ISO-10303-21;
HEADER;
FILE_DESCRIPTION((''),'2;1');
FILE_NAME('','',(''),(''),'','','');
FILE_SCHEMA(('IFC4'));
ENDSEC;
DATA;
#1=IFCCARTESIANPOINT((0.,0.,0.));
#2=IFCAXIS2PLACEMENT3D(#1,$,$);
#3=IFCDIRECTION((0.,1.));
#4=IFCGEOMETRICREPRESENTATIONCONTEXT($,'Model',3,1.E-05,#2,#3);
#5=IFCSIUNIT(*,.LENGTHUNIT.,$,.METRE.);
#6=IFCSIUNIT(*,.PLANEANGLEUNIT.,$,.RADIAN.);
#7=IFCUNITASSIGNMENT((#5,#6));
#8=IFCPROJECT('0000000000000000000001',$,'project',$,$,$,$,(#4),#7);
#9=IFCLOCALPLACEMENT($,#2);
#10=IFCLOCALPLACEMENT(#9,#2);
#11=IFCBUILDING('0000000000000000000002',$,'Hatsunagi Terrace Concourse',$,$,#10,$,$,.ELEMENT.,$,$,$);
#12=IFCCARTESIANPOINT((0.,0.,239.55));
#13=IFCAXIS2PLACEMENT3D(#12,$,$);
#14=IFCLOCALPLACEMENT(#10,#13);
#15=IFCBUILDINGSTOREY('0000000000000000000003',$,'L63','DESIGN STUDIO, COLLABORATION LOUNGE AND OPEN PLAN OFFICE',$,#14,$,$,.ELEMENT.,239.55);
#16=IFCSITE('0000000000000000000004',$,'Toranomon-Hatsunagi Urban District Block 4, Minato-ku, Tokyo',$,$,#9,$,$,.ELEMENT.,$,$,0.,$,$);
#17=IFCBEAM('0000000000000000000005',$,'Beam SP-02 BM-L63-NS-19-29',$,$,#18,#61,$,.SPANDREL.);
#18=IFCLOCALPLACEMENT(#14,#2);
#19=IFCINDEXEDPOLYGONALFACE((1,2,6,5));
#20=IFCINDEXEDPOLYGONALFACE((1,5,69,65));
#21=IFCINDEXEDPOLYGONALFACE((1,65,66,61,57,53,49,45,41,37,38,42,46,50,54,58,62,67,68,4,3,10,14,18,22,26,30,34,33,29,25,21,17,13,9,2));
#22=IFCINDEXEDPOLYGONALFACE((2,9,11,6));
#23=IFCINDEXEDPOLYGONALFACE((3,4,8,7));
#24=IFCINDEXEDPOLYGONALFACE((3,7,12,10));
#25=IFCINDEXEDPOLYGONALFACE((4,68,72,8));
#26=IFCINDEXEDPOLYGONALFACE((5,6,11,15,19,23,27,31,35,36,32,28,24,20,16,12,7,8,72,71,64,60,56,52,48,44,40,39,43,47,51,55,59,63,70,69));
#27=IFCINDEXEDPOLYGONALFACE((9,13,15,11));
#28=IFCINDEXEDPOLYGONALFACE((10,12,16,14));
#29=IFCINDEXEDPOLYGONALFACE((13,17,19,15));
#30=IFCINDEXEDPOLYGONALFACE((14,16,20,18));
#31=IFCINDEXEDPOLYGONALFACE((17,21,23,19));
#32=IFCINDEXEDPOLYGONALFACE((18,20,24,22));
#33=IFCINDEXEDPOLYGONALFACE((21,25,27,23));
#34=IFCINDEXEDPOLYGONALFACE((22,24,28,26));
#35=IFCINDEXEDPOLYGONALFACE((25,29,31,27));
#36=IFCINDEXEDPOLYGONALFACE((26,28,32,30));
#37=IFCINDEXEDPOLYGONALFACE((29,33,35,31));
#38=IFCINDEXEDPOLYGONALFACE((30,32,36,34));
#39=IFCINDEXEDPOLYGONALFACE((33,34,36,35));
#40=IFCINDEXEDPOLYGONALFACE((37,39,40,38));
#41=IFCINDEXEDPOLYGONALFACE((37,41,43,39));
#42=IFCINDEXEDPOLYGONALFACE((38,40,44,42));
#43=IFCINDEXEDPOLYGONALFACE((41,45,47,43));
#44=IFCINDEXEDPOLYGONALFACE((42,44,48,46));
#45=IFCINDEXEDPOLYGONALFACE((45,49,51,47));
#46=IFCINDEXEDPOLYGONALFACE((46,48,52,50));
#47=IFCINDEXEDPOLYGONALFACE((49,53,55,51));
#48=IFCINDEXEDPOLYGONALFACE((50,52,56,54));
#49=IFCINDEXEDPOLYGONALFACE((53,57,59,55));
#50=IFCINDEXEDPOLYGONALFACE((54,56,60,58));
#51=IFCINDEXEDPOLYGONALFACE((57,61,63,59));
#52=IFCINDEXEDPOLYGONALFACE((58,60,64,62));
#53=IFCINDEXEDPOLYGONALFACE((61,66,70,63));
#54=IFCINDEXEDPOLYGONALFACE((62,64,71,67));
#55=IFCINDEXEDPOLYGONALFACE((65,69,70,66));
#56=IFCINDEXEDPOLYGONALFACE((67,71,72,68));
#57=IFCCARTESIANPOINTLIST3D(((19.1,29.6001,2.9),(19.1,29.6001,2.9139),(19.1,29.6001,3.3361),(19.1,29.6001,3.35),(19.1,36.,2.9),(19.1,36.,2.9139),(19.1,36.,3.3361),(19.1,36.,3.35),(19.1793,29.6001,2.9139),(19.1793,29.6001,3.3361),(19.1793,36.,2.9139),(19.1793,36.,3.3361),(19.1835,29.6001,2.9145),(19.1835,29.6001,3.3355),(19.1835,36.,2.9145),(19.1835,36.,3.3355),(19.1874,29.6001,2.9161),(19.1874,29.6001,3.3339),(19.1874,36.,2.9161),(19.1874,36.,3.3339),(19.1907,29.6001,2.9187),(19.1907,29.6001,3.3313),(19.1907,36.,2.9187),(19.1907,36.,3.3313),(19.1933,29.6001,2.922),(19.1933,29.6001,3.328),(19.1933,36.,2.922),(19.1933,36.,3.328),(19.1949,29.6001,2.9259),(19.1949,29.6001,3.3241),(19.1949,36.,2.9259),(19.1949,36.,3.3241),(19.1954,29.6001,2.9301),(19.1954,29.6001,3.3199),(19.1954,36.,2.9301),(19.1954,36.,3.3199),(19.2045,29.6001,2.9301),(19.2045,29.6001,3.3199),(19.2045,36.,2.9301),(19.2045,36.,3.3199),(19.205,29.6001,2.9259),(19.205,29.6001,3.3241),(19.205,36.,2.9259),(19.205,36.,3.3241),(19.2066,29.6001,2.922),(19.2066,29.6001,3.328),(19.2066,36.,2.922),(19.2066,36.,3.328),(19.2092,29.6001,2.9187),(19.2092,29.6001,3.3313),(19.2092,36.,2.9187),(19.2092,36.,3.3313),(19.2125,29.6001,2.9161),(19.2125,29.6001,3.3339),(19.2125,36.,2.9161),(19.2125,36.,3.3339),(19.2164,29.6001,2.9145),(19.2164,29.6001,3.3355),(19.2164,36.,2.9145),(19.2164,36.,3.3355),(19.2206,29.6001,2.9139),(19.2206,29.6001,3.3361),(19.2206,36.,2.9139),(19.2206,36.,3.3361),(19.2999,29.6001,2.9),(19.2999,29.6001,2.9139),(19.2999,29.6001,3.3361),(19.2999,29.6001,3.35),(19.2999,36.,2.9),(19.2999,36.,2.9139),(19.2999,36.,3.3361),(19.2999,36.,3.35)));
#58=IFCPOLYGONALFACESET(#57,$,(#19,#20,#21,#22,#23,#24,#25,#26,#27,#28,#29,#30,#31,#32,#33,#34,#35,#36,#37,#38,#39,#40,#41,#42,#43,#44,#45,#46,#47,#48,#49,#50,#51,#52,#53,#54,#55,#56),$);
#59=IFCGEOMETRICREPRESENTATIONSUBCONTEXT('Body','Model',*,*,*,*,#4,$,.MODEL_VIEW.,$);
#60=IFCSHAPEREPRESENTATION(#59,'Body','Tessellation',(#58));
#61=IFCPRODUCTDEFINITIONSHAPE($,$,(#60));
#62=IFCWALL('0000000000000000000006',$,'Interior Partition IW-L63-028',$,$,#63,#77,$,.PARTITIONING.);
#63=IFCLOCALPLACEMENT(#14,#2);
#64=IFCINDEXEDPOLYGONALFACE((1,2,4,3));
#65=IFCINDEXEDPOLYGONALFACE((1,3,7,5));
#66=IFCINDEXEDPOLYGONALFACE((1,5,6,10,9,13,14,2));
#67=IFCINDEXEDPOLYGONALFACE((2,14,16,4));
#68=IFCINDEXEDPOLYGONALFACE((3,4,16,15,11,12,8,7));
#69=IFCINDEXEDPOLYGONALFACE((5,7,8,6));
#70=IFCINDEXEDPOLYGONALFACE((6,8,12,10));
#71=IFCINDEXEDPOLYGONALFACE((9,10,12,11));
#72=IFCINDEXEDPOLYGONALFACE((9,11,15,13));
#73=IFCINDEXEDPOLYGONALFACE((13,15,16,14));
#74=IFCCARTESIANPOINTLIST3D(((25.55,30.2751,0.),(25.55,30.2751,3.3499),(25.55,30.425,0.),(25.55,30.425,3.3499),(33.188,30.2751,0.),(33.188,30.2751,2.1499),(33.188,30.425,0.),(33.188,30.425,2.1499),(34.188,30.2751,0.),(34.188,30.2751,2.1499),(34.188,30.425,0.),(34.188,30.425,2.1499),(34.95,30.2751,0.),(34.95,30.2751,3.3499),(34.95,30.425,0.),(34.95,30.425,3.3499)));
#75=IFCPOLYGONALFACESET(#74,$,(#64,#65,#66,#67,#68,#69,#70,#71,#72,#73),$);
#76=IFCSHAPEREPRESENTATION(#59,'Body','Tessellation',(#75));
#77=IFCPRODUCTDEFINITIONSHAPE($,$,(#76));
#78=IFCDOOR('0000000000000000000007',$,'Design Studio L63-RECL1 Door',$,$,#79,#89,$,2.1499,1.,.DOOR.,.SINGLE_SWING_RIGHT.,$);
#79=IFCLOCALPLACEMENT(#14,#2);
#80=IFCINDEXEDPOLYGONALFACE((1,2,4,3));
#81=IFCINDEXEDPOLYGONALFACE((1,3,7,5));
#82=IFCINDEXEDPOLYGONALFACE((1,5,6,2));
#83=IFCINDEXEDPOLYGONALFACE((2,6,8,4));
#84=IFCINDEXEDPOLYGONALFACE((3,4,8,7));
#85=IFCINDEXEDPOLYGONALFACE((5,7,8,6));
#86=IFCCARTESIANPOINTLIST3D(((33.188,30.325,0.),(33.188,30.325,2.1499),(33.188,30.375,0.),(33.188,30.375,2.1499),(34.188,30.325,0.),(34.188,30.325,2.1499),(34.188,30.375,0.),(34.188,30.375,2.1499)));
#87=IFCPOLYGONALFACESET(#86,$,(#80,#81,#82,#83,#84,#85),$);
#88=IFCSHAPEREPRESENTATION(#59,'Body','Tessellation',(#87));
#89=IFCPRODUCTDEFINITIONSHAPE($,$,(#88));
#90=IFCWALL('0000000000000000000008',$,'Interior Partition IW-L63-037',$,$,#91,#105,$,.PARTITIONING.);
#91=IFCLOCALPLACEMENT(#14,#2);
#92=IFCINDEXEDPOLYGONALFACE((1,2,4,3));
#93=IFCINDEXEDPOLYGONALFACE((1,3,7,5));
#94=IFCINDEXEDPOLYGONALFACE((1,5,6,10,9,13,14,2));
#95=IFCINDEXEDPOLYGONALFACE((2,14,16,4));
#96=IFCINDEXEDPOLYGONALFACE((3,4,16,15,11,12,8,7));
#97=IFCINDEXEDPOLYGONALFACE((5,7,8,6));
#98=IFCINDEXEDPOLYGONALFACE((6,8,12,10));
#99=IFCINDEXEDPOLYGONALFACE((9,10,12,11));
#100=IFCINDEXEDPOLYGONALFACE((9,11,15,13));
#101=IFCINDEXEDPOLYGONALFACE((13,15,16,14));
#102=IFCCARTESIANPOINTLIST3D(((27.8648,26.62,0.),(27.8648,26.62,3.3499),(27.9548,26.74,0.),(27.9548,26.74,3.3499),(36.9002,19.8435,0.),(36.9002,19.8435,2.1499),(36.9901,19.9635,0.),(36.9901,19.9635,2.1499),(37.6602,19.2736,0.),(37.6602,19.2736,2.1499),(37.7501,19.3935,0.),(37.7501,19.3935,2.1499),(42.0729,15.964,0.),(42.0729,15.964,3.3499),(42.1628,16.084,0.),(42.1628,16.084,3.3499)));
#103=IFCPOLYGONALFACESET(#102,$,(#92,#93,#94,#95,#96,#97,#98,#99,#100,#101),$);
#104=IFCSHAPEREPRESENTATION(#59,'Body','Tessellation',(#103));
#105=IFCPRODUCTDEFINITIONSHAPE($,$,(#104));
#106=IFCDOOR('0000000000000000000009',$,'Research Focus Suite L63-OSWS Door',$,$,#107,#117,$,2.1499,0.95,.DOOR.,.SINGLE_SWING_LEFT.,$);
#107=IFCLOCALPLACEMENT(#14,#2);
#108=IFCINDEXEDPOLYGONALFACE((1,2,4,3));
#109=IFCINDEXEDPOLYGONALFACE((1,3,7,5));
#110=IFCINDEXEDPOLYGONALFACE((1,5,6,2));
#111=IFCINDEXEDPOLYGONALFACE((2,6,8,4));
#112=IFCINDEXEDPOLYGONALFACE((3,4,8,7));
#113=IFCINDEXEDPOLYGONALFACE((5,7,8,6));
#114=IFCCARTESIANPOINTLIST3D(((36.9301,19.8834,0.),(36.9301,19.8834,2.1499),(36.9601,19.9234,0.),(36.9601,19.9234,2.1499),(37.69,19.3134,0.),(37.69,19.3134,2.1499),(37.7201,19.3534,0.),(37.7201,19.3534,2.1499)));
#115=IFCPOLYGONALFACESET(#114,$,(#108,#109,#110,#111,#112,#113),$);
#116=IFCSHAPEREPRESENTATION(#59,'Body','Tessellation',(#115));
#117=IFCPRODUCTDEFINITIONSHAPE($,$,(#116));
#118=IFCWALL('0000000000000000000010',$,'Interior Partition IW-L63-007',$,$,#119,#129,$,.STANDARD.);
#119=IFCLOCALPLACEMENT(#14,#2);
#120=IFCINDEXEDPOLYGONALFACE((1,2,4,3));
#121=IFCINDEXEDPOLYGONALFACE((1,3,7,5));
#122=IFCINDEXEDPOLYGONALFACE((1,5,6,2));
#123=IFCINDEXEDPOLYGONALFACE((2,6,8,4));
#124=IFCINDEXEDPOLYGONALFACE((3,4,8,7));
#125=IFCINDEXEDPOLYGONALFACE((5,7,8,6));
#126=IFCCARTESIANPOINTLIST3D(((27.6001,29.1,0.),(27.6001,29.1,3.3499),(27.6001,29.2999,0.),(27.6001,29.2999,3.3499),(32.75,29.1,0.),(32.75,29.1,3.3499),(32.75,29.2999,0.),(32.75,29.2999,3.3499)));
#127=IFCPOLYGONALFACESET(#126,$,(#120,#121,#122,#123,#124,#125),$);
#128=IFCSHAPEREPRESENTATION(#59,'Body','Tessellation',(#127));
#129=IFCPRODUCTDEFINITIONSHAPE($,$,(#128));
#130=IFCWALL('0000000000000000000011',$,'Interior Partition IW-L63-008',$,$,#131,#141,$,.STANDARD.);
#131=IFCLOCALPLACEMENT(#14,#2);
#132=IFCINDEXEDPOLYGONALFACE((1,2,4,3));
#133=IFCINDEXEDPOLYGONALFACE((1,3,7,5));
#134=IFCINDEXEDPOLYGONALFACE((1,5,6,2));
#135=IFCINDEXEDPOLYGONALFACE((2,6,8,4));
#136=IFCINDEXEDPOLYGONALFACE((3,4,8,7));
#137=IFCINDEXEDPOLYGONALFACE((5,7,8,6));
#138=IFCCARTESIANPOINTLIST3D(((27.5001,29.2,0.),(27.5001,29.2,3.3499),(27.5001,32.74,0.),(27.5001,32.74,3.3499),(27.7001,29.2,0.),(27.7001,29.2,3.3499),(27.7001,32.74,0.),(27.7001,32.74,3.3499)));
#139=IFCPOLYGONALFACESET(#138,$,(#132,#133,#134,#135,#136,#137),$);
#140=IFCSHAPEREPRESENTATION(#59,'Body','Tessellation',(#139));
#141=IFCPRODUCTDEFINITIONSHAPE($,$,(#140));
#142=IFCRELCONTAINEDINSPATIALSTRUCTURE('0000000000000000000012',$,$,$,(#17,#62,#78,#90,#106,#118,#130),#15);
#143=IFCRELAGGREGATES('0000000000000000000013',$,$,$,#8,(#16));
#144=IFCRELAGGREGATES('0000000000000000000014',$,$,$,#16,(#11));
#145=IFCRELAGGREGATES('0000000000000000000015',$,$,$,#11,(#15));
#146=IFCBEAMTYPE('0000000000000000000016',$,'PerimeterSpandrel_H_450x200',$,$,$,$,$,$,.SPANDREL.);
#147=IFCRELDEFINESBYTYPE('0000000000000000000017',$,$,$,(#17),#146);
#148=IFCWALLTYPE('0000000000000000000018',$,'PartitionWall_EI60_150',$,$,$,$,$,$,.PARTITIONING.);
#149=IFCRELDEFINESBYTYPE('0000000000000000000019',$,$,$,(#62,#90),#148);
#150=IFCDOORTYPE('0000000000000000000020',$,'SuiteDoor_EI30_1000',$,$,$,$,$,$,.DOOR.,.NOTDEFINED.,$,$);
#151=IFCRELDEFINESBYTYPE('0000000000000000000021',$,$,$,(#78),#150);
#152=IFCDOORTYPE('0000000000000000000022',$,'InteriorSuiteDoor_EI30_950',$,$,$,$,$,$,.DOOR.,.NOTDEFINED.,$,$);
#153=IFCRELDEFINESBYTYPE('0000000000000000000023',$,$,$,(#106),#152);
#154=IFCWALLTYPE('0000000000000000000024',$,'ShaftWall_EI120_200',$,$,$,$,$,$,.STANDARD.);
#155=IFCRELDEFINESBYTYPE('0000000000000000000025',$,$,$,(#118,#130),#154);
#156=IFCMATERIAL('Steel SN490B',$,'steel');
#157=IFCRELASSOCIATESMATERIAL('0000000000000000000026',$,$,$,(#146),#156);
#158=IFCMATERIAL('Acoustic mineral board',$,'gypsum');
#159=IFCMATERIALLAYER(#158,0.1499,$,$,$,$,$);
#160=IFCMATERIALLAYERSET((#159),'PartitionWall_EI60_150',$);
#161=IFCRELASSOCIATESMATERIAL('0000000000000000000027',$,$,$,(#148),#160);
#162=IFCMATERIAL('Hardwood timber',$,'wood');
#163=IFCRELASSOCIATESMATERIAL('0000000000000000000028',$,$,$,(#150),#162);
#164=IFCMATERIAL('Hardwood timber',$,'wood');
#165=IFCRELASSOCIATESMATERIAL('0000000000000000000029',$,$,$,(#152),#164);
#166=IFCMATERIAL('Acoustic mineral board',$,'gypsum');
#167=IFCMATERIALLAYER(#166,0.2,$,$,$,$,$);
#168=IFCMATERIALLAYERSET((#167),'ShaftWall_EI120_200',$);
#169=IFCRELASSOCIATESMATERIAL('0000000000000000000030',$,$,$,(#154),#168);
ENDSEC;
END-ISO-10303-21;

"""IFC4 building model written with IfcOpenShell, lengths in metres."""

from ifc_helpers import new_model, si_unit, direction, frame, frame_2d, origin, origin_2d, place, context, subcontext, project, spatial, rectangle, i_section, extrude, material, layer, layer_set, material_profile, profile_set, type_object, element, fill, save


model = new_model("IFC4")

# Units and contexts
model_context = context("Model", 3, precision=1e-05, world=origin(), true_north=direction((0.0, 1.0)))
body_context = subcontext(model_context, "Body", "Model", "MODEL_VIEW")
ifc_project = project(units=[si_unit("LENGTHUNIT", "METRE"), si_unit("PLANEANGLEUNIT", "RADIAN")], contexts=[model_context])

# Site, building, storey
site_placement = place(None, origin())
site = spatial("IfcSite", under=ifc_project, at=site_placement, Name="Toranomon-Hatsunagi Urban District Block 4, Minato-ku, Tokyo", CompositionType="ELEMENT", RefElevation=0.0)
building_placement = place(site_placement, origin())
building = spatial("IfcBuilding", under=site, at=building_placement, Name="Hatsunagi Terrace Concourse", CompositionType="ELEMENT")
storey_placement = place(building_placement, frame((0.0, 0.0, 239.55)))
storey = spatial("IfcBuildingStorey", under=building, at=storey_placement, Name="L63", Description="DESIGN STUDIO, COLLABORATION LOUNGE AND OPEN PLAN OFFICE", CompositionType="ELEMENT", Elevation=239.55)

# Beam
ifc_material_1 = material(Name="Steel SN490B", Category="steel")
ifc_material_profile_1 = material_profile(ifc_material_1, i_section(OverallWidth=0.2, OverallDepth=0.45, WebThickness=0.009, FlangeThickness=0.0139, FilletRadius=0.0161, at=origin_2d()), Name="H-450x200x9x14")
ifc_profile_set_1 = profile_set([ifc_material_profile_1], Name="Steel SN490B")
beam_type_1 = type_object("IfcBeamType", Name="PerimeterSpandrel_H_450x200", PredefinedType="SPANDREL", material=ifc_profile_set_1)
beam_1_placement = place(storey_placement, frame((19.2, 29.6001, 3.125), z_axis=(0.0, 1.0, 0.0), x_axis=(-1.0, 0.0, 0.0)))
element("IfcBeam", 1, at=beam_1_placement, inside=storey, type_object=beam_type_1, Name="Beam SP-02 BM-L63-NS-19-29", PredefinedType="SPANDREL", context=body_context, shape_type="SweptSolid", body=[
    extrude(i_section(OverallWidth=0.2, OverallDepth=0.45, WebThickness=0.009, FlangeThickness=0.0139, FilletRadius=0.0161, at=origin_2d()), origin(), (0.0, 0.0, 1.0), 6.3999),
])

# Walls, openings, doors
ifc_material_2 = material(Name="Acoustic mineral board", Category="gypsum")
ifc_layer_1 = layer(ifc_material_2, 0.1499)
ifc_layer_set_1 = layer_set([ifc_layer_1], Name="PartitionWall_EI60_150")
wall_type_1 = type_object("IfcWallType", Name="PartitionWall_EI60_150", PredefinedType="PARTITIONING", material=ifc_layer_set_1)
wall_1_placement = place(storey_placement, frame((25.55, 30.3501, 0.0), z_axis=(0.0, 0.0, 1.0), x_axis=(1.0, 0.0, 0.0)))
wall_1 = element("IfcWall", 2, at=wall_1_placement, inside=storey, type_object=wall_type_1, Name="Interior Partition IW-L63-028", PredefinedType="PARTITIONING", context=body_context, shape_type="SweptSolid", body=[
    extrude(rectangle(XDim=9.3999, YDim=0.1499, at=frame_2d((4.7, 0.0))), origin(), (0.0, 0.0, 1.0), 3.3499),
])
opening_1_placement = place(wall_1_placement, frame((7.6379, 0.0, 0.0)))
opening_1 = element("IfcOpeningElement", 3, at=opening_1_placement, cuts=wall_1, PredefinedType="OPENING", context=body_context, shape_type="SweptSolid", body=[
    extrude(rectangle(XDim=1.0, YDim=2.1499, at=frame_2d((0.5, 1.075))), frame((0.0, 0.085, 0.0), z_axis=(0.0, -1.0, 0.0), x_axis=(1.0, 0.0, 0.0)), (0.0, 0.0, 1.0), 0.1699),
])
ifc_material_3 = material(Name="Hardwood timber", Category="wood")
door_type_1 = type_object("IfcDoorType", Name="SuiteDoor_EI30_1000", OperationType="NOTDEFINED", PredefinedType="DOOR", material=ifc_material_3)
door_1_placement = place(opening_1_placement, origin())
door_1 = element("IfcDoor", 4, at=door_1_placement, inside=storey, type_object=door_type_1, Name="Design Studio L63-RECL1 Door", OperationType="SINGLE_SWING_RIGHT", OverallHeight=2.1499, OverallWidth=1.0, PredefinedType="DOOR", context=body_context, shape_type="SweptSolid", body=[
    extrude(rectangle(XDim=1.0, YDim=2.1499, at=frame_2d((0.5, 1.075))), frame((0.0, 0.0249, 0.0), z_axis=(0.0, -1.0, 0.0), x_axis=(1.0, 0.0, 0.0)), (0.0, 0.0, 1.0), 0.05),
])
fill(opening_1, door_1)
ifc_material_4 = material(Name="Hardwood timber", Category="wood")
door_type_2 = type_object("IfcDoorType", Name="InteriorSuiteDoor_EI30_950", OperationType="NOTDEFINED", PredefinedType="DOOR", material=ifc_material_4)
wall_2_placement = place(storey_placement, frame((27.9099, 26.6799, 0.0), z_axis=(0.0, 0.0, 1.0), x_axis=(0.8, -0.6, 0.0)))
wall_2 = element("IfcWall", 5, at=wall_2_placement, inside=storey, type_object=wall_type_1, Name="Interior Partition IW-L63-037", PredefinedType="PARTITIONING", context=body_context, shape_type="SweptSolid", body=[
    extrude(rectangle(XDim=17.76, YDim=0.1499, at=frame_2d((8.8799, 0.0))), origin(), (0.0, 0.0, 1.0), 3.3499),
])
opening_2_placement = place(wall_2_placement, frame((11.2939, 0.0, 0.0)))
opening_2 = element("IfcOpeningElement", 6, at=opening_2_placement, cuts=wall_2, PredefinedType="OPENING", context=body_context, shape_type="SweptSolid", body=[
    extrude(rectangle(XDim=0.95, YDim=2.1499, at=frame_2d((0.4751, 1.075))), frame((0.0, 0.085, 0.0), z_axis=(0.0, -1.0, 0.0), x_axis=(1.0, 0.0, 0.0)), (0.0, 0.0, 1.0), 0.1699),
])
door_2_placement = place(opening_2_placement, origin())
door_2 = element("IfcDoor", 7, at=door_2_placement, inside=storey, type_object=door_type_2, Name="Research Focus Suite L63-OSWS Door", OperationType="SINGLE_SWING_LEFT", OverallHeight=2.1499, OverallWidth=0.95, PredefinedType="DOOR", context=body_context, shape_type="SweptSolid", body=[
    extrude(rectangle(XDim=0.95, YDim=2.1499, at=frame_2d((0.4751, 1.075))), frame((0.0, 0.0249, 0.0), z_axis=(0.0, -1.0, 0.0), x_axis=(1.0, 0.0, 0.0)), (0.0, 0.0, 1.0), 0.05),
])
fill(opening_2, door_2)

# Walls
ifc_material_5 = material(Name="Acoustic mineral board", Category="gypsum")
ifc_layer_2 = layer(ifc_material_5, 0.2)
ifc_layer_set_2 = layer_set([ifc_layer_2], Name="ShaftWall_EI120_200")
wall_type_2 = type_object("IfcWallType", Name="ShaftWall_EI120_200", PredefinedType="STANDARD", material=ifc_layer_set_2)
wall_3_placement = place(storey_placement, frame((27.6001, 29.2, 0.0), z_axis=(0.0, 0.0, 1.0), x_axis=(1.0, 0.0, 0.0)))
element("IfcWall", 8, at=wall_3_placement, inside=storey, type_object=wall_type_2, Name="Interior Partition IW-L63-007", PredefinedType="STANDARD", context=body_context, shape_type="SweptSolid", body=[
    extrude(rectangle(XDim=5.1499, YDim=0.2, at=frame_2d((2.575, 0.0))), origin(), (0.0, 0.0, 1.0), 3.3499),
])
wall_4_placement = place(storey_placement, frame((27.6001, 29.2, 0.0), z_axis=(0.0, 0.0, 1.0), x_axis=(0.0, 1.0, 0.0)))
element("IfcWall", 9, at=wall_4_placement, inside=storey, type_object=wall_type_2, Name="Interior Partition IW-L63-008", PredefinedType="STANDARD", context=body_context, shape_type="SweptSolid", body=[
    extrude(rectangle(XDim=3.54, YDim=0.2, at=frame_2d((1.77, 0.0))), origin(), (0.0, 0.0, 1.0), 3.3499),
])

save(model, "model.ifc")
